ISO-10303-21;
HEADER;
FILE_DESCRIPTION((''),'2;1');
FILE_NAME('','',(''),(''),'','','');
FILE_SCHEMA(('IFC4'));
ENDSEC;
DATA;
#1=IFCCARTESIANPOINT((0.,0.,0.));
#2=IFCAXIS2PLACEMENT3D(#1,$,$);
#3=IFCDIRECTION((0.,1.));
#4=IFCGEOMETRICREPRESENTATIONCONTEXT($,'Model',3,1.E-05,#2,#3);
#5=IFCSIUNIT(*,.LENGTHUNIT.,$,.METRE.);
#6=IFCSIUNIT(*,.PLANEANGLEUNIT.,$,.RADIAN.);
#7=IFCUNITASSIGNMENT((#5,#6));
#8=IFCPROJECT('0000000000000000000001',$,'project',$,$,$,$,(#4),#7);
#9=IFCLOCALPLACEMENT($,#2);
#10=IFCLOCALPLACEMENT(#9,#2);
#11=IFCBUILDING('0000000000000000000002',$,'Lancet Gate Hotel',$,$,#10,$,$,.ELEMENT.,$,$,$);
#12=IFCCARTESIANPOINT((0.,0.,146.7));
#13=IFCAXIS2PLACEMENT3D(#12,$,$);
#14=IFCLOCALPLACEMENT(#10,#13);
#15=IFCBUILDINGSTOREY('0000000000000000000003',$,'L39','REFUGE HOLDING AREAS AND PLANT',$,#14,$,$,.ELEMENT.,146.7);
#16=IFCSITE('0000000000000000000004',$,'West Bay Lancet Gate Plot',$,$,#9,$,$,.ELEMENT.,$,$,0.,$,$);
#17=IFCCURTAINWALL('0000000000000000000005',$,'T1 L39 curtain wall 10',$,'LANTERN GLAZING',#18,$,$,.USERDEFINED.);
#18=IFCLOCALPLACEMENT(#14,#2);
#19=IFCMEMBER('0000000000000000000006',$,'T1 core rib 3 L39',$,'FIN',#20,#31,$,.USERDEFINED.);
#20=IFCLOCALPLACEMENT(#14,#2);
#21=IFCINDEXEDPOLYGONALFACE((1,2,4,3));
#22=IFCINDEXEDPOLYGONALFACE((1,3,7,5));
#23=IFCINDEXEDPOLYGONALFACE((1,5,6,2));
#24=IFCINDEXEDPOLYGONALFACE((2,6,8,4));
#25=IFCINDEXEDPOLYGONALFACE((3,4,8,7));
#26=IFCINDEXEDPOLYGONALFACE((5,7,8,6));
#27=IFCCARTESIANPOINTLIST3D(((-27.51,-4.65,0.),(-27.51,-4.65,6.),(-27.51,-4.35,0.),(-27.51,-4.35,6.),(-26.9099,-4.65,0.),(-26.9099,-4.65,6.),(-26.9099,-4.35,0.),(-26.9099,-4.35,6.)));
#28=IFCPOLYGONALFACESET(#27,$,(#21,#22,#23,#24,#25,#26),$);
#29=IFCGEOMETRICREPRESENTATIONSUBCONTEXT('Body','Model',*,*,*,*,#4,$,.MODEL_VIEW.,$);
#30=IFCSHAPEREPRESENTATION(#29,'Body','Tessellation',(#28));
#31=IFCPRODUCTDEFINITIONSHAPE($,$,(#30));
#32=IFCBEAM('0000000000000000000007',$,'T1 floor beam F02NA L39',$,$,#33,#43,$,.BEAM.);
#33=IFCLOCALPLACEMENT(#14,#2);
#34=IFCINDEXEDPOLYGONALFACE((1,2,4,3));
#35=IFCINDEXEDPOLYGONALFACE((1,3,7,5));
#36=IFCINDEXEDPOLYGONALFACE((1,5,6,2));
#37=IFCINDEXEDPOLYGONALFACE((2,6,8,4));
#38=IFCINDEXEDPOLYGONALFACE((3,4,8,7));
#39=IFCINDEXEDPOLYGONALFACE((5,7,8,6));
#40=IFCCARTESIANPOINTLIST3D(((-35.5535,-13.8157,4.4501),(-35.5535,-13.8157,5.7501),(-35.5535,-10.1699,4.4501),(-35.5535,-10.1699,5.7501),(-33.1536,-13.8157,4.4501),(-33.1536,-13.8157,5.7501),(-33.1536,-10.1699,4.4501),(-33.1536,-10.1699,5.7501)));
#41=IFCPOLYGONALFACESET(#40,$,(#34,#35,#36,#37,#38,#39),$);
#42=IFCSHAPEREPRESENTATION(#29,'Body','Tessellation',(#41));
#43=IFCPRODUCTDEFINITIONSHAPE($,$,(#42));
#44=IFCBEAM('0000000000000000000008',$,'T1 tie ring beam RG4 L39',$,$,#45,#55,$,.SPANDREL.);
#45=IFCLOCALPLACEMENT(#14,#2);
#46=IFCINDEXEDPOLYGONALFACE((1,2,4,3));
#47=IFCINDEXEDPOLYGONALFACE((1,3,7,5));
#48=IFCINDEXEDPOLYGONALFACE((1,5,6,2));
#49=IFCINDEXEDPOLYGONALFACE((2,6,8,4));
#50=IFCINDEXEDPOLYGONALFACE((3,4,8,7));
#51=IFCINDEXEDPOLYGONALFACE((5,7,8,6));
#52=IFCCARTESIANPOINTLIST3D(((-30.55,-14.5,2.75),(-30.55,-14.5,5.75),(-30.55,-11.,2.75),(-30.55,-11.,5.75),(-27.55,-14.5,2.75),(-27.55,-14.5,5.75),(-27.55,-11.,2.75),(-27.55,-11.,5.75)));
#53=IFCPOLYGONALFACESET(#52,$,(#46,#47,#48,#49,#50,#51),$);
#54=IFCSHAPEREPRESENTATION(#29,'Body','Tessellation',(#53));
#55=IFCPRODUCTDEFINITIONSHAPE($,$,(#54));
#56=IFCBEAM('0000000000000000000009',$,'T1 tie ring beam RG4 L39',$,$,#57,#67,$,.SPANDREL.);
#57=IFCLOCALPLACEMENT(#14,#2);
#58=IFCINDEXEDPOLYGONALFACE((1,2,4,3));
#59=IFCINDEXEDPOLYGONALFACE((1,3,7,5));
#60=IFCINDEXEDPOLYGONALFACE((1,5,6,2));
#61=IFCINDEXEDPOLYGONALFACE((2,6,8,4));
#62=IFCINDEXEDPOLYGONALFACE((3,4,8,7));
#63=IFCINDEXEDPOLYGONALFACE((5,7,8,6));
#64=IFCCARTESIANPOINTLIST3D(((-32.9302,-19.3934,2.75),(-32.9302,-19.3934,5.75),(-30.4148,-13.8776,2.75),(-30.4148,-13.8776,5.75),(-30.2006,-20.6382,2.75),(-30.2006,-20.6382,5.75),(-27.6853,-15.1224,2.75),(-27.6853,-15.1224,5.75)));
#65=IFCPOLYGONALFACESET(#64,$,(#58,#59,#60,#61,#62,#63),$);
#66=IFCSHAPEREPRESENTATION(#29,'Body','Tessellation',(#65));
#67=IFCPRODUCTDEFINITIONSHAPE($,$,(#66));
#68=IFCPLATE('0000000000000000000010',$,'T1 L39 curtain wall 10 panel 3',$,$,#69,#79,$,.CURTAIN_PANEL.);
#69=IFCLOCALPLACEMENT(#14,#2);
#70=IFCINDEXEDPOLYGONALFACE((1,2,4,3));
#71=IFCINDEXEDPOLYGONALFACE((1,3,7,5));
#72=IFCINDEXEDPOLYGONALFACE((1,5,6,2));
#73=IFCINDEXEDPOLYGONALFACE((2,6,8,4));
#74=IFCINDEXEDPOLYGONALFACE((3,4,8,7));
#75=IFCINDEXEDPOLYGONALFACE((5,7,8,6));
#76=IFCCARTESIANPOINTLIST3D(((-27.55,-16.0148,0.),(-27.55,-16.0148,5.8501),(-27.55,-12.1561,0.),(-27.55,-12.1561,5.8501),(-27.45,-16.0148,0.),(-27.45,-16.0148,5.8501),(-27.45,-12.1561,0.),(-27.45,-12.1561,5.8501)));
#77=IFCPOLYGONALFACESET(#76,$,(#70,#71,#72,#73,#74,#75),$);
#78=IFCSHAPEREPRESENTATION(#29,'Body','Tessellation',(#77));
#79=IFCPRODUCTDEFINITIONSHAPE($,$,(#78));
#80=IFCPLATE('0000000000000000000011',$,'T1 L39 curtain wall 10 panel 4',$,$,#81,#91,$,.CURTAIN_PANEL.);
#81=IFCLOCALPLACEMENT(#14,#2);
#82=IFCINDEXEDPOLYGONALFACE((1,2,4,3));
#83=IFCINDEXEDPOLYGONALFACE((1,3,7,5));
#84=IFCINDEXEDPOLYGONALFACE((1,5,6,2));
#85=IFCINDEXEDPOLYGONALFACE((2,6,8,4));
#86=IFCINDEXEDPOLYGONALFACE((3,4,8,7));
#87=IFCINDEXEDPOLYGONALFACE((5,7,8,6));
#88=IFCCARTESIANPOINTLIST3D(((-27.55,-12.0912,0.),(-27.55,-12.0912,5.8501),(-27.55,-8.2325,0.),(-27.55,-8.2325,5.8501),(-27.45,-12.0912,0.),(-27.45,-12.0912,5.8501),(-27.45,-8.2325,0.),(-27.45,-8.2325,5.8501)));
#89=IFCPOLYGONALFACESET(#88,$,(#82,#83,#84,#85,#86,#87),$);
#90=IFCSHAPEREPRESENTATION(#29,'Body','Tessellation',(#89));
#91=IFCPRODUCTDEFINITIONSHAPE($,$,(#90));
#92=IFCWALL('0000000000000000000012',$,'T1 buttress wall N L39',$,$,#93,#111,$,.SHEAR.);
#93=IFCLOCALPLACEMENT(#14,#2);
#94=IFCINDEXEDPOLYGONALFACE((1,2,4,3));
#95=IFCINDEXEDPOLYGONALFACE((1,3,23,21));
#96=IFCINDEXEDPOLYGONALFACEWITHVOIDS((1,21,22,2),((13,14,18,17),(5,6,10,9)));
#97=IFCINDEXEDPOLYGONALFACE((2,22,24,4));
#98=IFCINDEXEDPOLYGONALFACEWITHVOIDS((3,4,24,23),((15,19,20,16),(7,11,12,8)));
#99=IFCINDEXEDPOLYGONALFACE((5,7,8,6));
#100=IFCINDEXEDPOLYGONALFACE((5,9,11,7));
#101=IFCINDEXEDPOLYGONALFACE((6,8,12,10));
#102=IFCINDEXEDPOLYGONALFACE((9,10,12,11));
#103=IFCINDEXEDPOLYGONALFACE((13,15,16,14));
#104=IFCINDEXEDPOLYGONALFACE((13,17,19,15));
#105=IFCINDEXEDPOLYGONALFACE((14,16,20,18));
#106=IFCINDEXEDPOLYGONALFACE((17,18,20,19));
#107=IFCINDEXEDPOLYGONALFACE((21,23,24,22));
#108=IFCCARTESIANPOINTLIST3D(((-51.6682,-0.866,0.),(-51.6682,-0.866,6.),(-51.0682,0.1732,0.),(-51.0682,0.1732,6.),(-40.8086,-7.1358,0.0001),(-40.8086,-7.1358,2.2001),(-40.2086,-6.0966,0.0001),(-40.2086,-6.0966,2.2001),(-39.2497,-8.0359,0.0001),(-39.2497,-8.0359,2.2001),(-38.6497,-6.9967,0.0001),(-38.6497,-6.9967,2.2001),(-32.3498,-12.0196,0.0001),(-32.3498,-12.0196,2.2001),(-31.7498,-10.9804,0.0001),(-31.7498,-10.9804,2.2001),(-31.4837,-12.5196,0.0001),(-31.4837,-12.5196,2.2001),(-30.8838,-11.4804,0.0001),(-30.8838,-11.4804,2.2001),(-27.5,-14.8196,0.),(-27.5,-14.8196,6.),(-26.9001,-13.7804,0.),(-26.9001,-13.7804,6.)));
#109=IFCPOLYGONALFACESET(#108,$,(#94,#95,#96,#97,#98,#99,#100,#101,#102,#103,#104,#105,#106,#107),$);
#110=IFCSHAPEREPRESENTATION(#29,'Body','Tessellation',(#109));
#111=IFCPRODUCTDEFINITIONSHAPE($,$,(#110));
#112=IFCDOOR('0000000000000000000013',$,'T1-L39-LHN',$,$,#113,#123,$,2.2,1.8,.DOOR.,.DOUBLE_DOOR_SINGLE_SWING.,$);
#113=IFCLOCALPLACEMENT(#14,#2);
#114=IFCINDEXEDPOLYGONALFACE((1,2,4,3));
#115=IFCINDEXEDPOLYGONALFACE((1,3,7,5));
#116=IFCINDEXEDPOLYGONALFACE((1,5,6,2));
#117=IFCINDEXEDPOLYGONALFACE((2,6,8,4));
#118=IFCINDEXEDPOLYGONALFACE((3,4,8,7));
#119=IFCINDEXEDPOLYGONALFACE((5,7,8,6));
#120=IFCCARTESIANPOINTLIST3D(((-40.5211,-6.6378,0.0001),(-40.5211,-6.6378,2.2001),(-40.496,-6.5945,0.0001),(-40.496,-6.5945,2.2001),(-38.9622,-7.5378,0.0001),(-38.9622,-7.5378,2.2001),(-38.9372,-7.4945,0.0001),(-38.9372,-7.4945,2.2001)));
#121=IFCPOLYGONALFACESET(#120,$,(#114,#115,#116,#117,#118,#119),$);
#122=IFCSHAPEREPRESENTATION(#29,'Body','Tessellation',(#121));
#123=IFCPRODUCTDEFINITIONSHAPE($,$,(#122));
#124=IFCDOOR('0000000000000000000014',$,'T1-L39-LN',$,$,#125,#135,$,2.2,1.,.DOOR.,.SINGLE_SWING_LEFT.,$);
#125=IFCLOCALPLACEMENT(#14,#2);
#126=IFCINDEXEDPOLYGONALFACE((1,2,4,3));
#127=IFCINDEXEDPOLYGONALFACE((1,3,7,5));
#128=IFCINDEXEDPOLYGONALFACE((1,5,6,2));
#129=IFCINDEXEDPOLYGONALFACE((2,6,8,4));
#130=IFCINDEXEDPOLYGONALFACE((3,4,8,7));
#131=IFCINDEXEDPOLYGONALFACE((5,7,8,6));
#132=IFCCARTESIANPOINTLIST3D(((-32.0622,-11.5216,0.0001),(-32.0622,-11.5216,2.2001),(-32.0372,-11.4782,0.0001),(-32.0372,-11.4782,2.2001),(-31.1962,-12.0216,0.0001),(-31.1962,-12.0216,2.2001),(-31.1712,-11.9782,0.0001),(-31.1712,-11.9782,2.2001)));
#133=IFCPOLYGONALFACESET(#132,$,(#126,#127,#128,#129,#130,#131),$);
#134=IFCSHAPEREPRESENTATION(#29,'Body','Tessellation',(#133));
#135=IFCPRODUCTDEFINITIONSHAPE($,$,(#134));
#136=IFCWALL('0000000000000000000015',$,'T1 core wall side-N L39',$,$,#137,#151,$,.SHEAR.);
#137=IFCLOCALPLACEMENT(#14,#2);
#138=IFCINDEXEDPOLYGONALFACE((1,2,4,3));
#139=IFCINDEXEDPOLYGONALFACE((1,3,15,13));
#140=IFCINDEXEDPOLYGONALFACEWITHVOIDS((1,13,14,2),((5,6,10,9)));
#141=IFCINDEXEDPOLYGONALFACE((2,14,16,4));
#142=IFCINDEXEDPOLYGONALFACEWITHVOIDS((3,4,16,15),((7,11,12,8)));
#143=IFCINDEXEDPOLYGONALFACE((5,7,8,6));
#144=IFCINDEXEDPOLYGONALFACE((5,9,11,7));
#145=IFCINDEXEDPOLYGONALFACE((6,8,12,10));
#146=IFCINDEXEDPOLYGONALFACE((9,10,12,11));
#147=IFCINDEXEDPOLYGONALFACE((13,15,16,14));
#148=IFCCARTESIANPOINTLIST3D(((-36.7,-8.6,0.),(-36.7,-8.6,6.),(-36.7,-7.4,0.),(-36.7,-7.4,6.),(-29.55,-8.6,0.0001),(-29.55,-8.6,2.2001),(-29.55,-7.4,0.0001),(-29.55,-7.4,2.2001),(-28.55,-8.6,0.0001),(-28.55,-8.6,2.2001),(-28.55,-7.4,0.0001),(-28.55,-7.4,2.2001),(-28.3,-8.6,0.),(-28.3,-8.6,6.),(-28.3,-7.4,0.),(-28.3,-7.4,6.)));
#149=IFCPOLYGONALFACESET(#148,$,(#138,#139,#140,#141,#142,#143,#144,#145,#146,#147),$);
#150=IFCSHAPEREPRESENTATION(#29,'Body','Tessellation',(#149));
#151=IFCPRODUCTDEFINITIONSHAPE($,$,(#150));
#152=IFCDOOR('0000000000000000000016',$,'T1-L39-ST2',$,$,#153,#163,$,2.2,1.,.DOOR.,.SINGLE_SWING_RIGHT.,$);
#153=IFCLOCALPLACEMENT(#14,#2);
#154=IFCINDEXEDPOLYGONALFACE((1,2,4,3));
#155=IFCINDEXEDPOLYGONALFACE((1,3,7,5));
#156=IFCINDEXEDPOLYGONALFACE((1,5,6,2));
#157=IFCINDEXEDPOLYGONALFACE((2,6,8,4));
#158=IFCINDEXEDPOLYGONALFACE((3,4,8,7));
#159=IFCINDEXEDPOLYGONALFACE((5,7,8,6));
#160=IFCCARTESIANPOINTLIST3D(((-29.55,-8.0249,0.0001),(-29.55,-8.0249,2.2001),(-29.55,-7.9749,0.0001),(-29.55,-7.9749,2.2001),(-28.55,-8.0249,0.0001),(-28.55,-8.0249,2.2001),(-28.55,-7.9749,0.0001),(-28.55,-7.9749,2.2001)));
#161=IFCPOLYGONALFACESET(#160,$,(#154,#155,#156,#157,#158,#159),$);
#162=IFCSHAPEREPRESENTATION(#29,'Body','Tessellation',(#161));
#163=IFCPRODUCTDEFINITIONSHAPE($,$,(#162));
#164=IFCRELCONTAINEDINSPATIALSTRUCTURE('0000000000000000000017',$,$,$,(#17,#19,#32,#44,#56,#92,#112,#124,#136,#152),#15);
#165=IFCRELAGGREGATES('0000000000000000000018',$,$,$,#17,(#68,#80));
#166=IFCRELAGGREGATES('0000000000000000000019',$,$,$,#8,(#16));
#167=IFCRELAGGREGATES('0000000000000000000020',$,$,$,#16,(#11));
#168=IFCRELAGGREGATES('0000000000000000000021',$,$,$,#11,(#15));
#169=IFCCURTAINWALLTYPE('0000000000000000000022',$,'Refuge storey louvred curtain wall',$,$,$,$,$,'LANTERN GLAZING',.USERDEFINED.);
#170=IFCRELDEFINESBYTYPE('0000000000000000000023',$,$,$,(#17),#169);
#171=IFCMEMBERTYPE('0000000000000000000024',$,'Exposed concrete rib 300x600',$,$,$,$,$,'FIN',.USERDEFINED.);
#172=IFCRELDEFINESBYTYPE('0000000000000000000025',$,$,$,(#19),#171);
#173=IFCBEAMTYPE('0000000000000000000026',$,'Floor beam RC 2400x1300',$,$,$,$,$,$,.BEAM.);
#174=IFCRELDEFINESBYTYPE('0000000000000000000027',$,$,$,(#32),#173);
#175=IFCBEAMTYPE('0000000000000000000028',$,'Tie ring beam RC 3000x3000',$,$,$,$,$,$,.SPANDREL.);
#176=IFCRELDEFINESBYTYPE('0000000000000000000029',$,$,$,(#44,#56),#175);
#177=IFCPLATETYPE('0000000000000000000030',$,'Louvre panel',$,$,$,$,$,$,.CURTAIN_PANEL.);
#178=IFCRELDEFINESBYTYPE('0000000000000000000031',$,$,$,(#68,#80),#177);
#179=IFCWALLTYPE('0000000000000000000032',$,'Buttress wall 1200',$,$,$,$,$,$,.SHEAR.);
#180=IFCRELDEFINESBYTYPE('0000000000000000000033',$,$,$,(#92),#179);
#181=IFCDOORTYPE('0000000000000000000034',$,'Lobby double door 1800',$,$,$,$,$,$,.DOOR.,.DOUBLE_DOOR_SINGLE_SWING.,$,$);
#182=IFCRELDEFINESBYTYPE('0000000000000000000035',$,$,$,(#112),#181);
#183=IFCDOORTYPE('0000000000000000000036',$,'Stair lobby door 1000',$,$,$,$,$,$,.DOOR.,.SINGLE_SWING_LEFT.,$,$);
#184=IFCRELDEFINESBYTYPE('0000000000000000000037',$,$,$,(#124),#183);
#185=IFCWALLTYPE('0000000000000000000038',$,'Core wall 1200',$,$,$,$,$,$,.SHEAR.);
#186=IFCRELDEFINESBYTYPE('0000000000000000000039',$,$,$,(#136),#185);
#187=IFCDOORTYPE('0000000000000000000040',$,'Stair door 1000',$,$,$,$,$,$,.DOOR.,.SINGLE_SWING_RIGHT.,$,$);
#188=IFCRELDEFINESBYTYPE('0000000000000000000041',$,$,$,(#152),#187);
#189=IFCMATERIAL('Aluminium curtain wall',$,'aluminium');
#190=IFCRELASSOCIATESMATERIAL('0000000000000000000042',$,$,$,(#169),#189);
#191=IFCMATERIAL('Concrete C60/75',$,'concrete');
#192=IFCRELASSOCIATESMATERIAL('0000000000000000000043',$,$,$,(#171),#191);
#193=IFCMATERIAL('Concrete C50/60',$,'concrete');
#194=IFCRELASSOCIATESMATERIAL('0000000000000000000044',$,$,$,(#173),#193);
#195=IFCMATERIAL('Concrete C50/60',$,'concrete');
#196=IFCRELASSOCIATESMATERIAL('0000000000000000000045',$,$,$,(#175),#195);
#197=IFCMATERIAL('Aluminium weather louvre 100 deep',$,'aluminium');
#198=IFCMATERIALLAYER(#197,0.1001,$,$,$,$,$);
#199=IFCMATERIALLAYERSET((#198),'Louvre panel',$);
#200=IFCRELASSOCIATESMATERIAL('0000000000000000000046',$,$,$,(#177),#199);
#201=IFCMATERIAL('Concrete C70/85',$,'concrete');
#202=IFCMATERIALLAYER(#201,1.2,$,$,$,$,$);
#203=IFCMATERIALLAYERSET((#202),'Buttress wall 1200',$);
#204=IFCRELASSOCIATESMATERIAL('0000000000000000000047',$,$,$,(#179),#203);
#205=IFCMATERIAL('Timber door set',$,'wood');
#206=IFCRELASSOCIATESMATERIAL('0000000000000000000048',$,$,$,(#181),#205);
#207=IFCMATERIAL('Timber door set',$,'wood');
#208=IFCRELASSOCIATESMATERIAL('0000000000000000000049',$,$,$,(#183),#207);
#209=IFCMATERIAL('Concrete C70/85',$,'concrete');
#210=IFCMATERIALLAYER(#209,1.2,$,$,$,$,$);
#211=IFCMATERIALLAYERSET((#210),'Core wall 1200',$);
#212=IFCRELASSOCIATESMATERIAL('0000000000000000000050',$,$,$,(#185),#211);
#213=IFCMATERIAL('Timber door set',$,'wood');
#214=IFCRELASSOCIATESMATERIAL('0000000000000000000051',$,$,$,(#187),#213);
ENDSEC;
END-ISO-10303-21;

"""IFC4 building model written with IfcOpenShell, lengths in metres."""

from ifc_helpers import new_model, si_unit, direction, frame, frame_2d, origin, origin_2d, place, context, subcontext, project, spatial, rectangle, extrude, material, layer, layer_set, material_profile, profile_set, type_object, element, fill, aggregate, save


model = new_model("IFC4")

# Units and contexts
model_context = context("Model", 3, precision=1e-05, world=origin(), true_north=direction((0.0, 1.0)))
body_context = subcontext(model_context, "Body", "Model", "MODEL_VIEW")
ifc_project = project(units=[si_unit("LENGTHUNIT", "METRE"), si_unit("PLANEANGLEUNIT", "RADIAN")], contexts=[model_context])

# Site, building, storey
site_placement = place(None, origin())
site = spatial("IfcSite", under=ifc_project, at=site_placement, Name="West Bay Lancet Gate Plot", CompositionType="ELEMENT", RefElevation=0.0)
building_placement = place(site_placement, origin())
building = spatial("IfcBuilding", under=site, at=building_placement, Name="Lancet Gate Hotel", CompositionType="ELEMENT")
storey_placement = place(building_placement, frame((0.0, 0.0, 146.7)))
storey = spatial("IfcBuildingStorey", under=building, at=storey_placement, Name="L39", Description="REFUGE HOLDING AREAS AND PLANT", CompositionType="ELEMENT", Elevation=146.7)

# Curtain wall
ifc_material_1 = material(Name="Aluminium curtain wall", Category="aluminium")
curtain_wall_type = type_object("IfcCurtainWallType", Name="Refuge storey louvred curtain wall", ElementType="LANTERN GLAZING", PredefinedType="USERDEFINED", material=ifc_material_1)
curtain_wall_placement = place(storey_placement, origin())
curtain_wall = element("IfcCurtainWall", 1, at=curtain_wall_placement, inside=storey, type_object=curtain_wall_type, Name="T1 L39 curtain wall 10", ObjectType="LANTERN GLAZING", PredefinedType="USERDEFINED")

# Member
ifc_material_2 = material(Name="Concrete C60/75", Category="concrete")
ifc_material_profile_1 = material_profile(ifc_material_2, rectangle(XDim=0.3, YDim=0.6001, at=origin_2d()), Name="FIN 300x600")
ifc_profile_set_1 = profile_set([ifc_material_profile_1], Name="Concrete C60/75")
member_type_1 = type_object("IfcMemberType", Name="Exposed concrete rib 300x600", ElementType="FIN", PredefinedType="USERDEFINED", material=ifc_profile_set_1)
member_1_placement = place(storey_placement, frame((-27.21, -4.5, 0.0), z_axis=(0.0, 0.0, 1.0), x_axis=(0.0, 1.0, 0.0)))
element("IfcMember", 2, at=member_1_placement, inside=storey, type_object=member_type_1, Name="T1 core rib 3 L39", ObjectType="FIN", PredefinedType="USERDEFINED", context=body_context, shape_type="SweptSolid", body=[
    extrude(rectangle(XDim=0.3, YDim=0.6001, at=origin_2d()), origin(), (0.0, 0.0, 1.0), 6.0),
])

# Beams
ifc_material_3 = material(Name="Concrete C50/60", Category="concrete")
ifc_material_profile_2 = material_profile(ifc_material_3, rectangle(XDim=2.3999, YDim=1.3, at=origin_2d()), Name="RC 2400x1300")
ifc_profile_set_2 = profile_set([ifc_material_profile_2], Name="Concrete C50/60")
beam_type_1 = type_object("IfcBeamType", Name="Floor beam RC 2400x1300", PredefinedType="BEAM", material=ifc_profile_set_2)
beam_1_placement = place(storey_placement, frame((-34.3535, -10.1699, 5.1001), z_axis=(0.0, -1.0, 0.0), x_axis=(1.0, 0.0, 0.0)))
element("IfcBeam", 3, at=beam_1_placement, inside=storey, type_object=beam_type_1, Name="T1 floor beam F02NA L39", PredefinedType="BEAM", context=body_context, shape_type="SweptSolid", body=[
    extrude(rectangle(XDim=2.3999, YDim=1.3, at=origin_2d()), origin(), (0.0, 0.0, 1.0), 3.6458),
])
ifc_material_4 = material(Name="Concrete C50/60", Category="concrete")
ifc_material_profile_3 = material_profile(ifc_material_4, rectangle(XDim=3.0, YDim=3.0, at=origin_2d()), Name="RC 3000x3000")
ifc_profile_set_3 = profile_set([ifc_material_profile_3], Name="Concrete C50/60")
beam_type_2 = type_object("IfcBeamType", Name="Tie ring beam RC 3000x3000", PredefinedType="SPANDREL", material=ifc_profile_set_3)
beam_2_placement = place(storey_placement, frame((-29.05, -11.0, 4.25), z_axis=(0.0, -1.0, 0.0), x_axis=(1.0, 0.0, 0.0)))
element("IfcBeam", 4, at=beam_2_placement, inside=storey, type_object=beam_type_2, Name="T1 tie ring beam RG4 L39", PredefinedType="SPANDREL", context=body_context, shape_type="SweptSolid", body=[
    extrude(rectangle(XDim=3.0, YDim=3.0, at=origin_2d()), origin(), (0.0, 0.0, 1.0), 3.5),
])
beam_3_placement = place(storey_placement, frame((-29.05, -14.5, 4.25), z_axis=(-0.414919, -0.909858, 0.0), x_axis=(0.909858, -0.414919, 0.0)))
element("IfcBeam", 5, at=beam_3_placement, inside=storey, type_object=beam_type_2, Name="T1 tie ring beam RG4 L39", PredefinedType="SPANDREL", context=body_context, shape_type="SweptSolid", body=[
    extrude(rectangle(XDim=3.0, YDim=3.0, at=origin_2d()), origin(), (0.0, 0.0, 1.0), 6.0623),
])

# Plates
ifc_material_5 = material(Name="Aluminium weather louvre 100 deep", Category="aluminium")
ifc_layer_1 = layer(ifc_material_5, 0.1001)
ifc_layer_set_1 = layer_set([ifc_layer_1], Name="Louvre panel")
plate_type = type_object("IfcPlateType", Name="Louvre panel", PredefinedType="CURTAIN_PANEL", material=ifc_layer_set_1)
plate_1_placement = place(storey_placement, frame((-27.5, -14.0854, 0.0), z_axis=(0.0, 0.0, 1.0), x_axis=(0.0, 1.0, 0.0)))
plate_1 = element("IfcPlate", 6, at=plate_1_placement, type_object=plate_type, Name="T1 L39 curtain wall 10 panel 3", PredefinedType="CURTAIN_PANEL", context=body_context, shape_type="SweptSolid", body=[
    extrude(rectangle(XDim=3.8586, YDim=0.1001, at=origin_2d()), origin(), (0.0, 0.0, 1.0), 5.8501),
])
plate_2_placement = place(storey_placement, frame((-27.5, -10.1619, 0.0), z_axis=(0.0, 0.0, 1.0), x_axis=(0.0, 1.0, 0.0)))
plate_2 = element("IfcPlate", 7, at=plate_2_placement, type_object=plate_type, Name="T1 L39 curtain wall 10 panel 4", PredefinedType="CURTAIN_PANEL", context=body_context, shape_type="SweptSolid", body=[
    extrude(rectangle(XDim=3.8586, YDim=0.1001, at=origin_2d()), origin(), (0.0, 0.0, 1.0), 5.8501),
])
aggregate(curtain_wall, [plate_1, plate_2])

# Wall, openings, doors
ifc_material_6 = material(Name="Concrete C70/85", Category="concrete")
ifc_layer_2 = layer(ifc_material_6, 1.2)
ifc_layer_set_2 = layer_set([ifc_layer_2], Name="Buttress wall 1200")
wall_type_1 = type_object("IfcWallType", Name="Buttress wall 1200", PredefinedType="SHEAR", material=ifc_layer_set_2)
wall_1_placement = place(storey_placement, frame((-27.2, -14.3, 0.0), z_axis=(0.0, 0.0, 1.0), x_axis=(-0.866024, 0.500002, 0.0)))
wall_1 = element("IfcWall", 8, at=wall_1_placement, inside=storey, type_object=wall_type_1, Name="T1 buttress wall N L39", PredefinedType="SHEAR", context=body_context, shape_type="SweptSolid", body=[
    extrude(rectangle(XDim=27.907, YDim=1.2, at=frame_2d((13.9536, 0.0))), origin(), (0.0, 0.0, 1.0), 6.0),
])
opening_1_placement = place(wall_1_placement, frame((4.6001, 0.0, 0.0)))
opening_1 = element("IfcOpeningElement", 9, at=opening_1_placement, cuts=wall_1, PredefinedType="OPENING", context=body_context, shape_type="SweptSolid", body=[
    extrude(rectangle(XDim=1.0, YDim=2.2, at=frame_2d((0.5, 1.1001))), frame((0.0, 0.6099, 0.0), z_axis=(0.0, -1.0, 0.0), x_axis=(1.0, 0.0, 0.0)), (0.0, 0.0, 1.0), 1.22),
])
opening_2_placement = place(wall_1_placement, frame((13.5676, 0.0, 0.0)))
opening_2 = element("IfcOpeningElement", 10, at=opening_2_placement, cuts=wall_1, PredefinedType="OPENING", context=body_context, shape_type="SweptSolid", body=[
    extrude(rectangle(XDim=1.8, YDim=2.2, at=frame_2d((0.8999, 1.1001))), frame((0.0, 0.6099, 0.0), z_axis=(0.0, -1.0, 0.0), x_axis=(1.0, 0.0, 0.0)), (0.0, 0.0, 1.0), 1.22),
])
ifc_material_7 = material(Name="Timber door set", Category="wood")
door_type_1 = type_object("IfcDoorType", Name="Lobby double door 1800", OperationType="DOUBLE_DOOR_SINGLE_SWING", PredefinedType="DOOR", material=ifc_material_7)
door_1_placement = place(opening_2_placement, origin())
door_1 = element("IfcDoor", 11, at=door_1_placement, inside=storey, type_object=door_type_1, Name="T1-L39-LHN", OperationType="DOUBLE_DOOR_SINGLE_SWING", OverallHeight=2.2, OverallWidth=1.8, PredefinedType="DOOR", context=body_context, shape_type="SweptSolid", body=[
    extrude(rectangle(XDim=1.8, YDim=2.2, at=frame_2d((0.8999, 1.1001))), frame((0.0, 0.0249, 0.0), z_axis=(0.0, -1.0, 0.0), x_axis=(1.0, 0.0, 0.0)), (0.0, 0.0, 1.0), 0.05),
])
fill(opening_2, door_1)
ifc_material_8 = material(Name="Timber door set", Category="wood")
door_type_2 = type_object("IfcDoorType", Name="Stair lobby door 1000", OperationType="SINGLE_SWING_LEFT", PredefinedType="DOOR", material=ifc_material_8)
door_2_placement = place(opening_1_placement, origin())
door_2 = element("IfcDoor", 12, at=door_2_placement, inside=storey, type_object=door_type_2, Name="T1-L39-LN", OperationType="SINGLE_SWING_LEFT", OverallHeight=2.2, OverallWidth=1.0, PredefinedType="DOOR", context=body_context, shape_type="SweptSolid", body=[
    extrude(rectangle(XDim=1.0, YDim=2.2, at=frame_2d((0.5, 1.1001))), frame((0.0, 0.0249, 0.0), z_axis=(0.0, -1.0, 0.0), x_axis=(1.0, 0.0, 0.0)), (0.0, 0.0, 1.0), 0.05),
])
fill(opening_1, door_2)

# Wall, opening, door
ifc_material_9 = material(Name="Concrete C70/85", Category="concrete")
ifc_layer_3 = layer(ifc_material_9, 1.2)
ifc_layer_set_3 = layer_set([ifc_layer_3], Name="Core wall 1200")
wall_type_2 = type_object("IfcWallType", Name="Core wall 1200", PredefinedType="SHEAR", material=ifc_layer_set_3)
wall_2_placement = place(storey_placement, frame((-28.3, -8.0, 0.0), z_axis=(0.0, 0.0, 1.0), x_axis=(-1.0, 0.0, 0.0)))
wall_2 = element("IfcWall", 13, at=wall_2_placement, inside=storey, type_object=wall_type_2, Name="T1 core wall side-N L39", PredefinedType="SHEAR", context=body_context, shape_type="SweptSolid", body=[
    extrude(rectangle(XDim=8.3999, YDim=1.2, at=frame_2d((4.2, 0.0))), origin(), (0.0, 0.0, 1.0), 6.0),
])
opening_3_placement = place(wall_2_placement, frame((0.25, 0.0, 0.0)))
opening_3 = element("IfcOpeningElement", 14, at=opening_3_placement, cuts=wall_2, PredefinedType="OPENING", context=body_context, shape_type="SweptSolid", body=[
    extrude(rectangle(XDim=1.0, YDim=2.2, at=frame_2d((0.5, 1.1001))), frame((0.0, 0.6099, 0.0), z_axis=(0.0, -1.0, 0.0), x_axis=(1.0, 0.0, 0.0)), (0.0, 0.0, 1.0), 1.22),
])
ifc_material_10 = material(Name="Timber door set", Category="wood")
door_type_3 = type_object("IfcDoorType", Name="Stair door 1000", OperationType="SINGLE_SWING_RIGHT", PredefinedType="DOOR", material=ifc_material_10)
door_3_placement = place(opening_3_placement, origin())
door_3 = element("IfcDoor", 15, at=door_3_placement, inside=storey, type_object=door_type_3, Name="T1-L39-ST2", OperationType="SINGLE_SWING_RIGHT", OverallHeight=2.2, OverallWidth=1.0, PredefinedType="DOOR", context=body_context, shape_type="SweptSolid", body=[
    extrude(rectangle(XDim=1.0, YDim=2.2, at=frame_2d((0.5, 1.1001))), frame((0.0, 0.0249, 0.0), z_axis=(0.0, -1.0, 0.0), x_axis=(1.0, 0.0, 0.0)), (0.0, 0.0, 1.0), 0.05),
])
fill(opening_3, door_3)

save(model, "model.ifc")
